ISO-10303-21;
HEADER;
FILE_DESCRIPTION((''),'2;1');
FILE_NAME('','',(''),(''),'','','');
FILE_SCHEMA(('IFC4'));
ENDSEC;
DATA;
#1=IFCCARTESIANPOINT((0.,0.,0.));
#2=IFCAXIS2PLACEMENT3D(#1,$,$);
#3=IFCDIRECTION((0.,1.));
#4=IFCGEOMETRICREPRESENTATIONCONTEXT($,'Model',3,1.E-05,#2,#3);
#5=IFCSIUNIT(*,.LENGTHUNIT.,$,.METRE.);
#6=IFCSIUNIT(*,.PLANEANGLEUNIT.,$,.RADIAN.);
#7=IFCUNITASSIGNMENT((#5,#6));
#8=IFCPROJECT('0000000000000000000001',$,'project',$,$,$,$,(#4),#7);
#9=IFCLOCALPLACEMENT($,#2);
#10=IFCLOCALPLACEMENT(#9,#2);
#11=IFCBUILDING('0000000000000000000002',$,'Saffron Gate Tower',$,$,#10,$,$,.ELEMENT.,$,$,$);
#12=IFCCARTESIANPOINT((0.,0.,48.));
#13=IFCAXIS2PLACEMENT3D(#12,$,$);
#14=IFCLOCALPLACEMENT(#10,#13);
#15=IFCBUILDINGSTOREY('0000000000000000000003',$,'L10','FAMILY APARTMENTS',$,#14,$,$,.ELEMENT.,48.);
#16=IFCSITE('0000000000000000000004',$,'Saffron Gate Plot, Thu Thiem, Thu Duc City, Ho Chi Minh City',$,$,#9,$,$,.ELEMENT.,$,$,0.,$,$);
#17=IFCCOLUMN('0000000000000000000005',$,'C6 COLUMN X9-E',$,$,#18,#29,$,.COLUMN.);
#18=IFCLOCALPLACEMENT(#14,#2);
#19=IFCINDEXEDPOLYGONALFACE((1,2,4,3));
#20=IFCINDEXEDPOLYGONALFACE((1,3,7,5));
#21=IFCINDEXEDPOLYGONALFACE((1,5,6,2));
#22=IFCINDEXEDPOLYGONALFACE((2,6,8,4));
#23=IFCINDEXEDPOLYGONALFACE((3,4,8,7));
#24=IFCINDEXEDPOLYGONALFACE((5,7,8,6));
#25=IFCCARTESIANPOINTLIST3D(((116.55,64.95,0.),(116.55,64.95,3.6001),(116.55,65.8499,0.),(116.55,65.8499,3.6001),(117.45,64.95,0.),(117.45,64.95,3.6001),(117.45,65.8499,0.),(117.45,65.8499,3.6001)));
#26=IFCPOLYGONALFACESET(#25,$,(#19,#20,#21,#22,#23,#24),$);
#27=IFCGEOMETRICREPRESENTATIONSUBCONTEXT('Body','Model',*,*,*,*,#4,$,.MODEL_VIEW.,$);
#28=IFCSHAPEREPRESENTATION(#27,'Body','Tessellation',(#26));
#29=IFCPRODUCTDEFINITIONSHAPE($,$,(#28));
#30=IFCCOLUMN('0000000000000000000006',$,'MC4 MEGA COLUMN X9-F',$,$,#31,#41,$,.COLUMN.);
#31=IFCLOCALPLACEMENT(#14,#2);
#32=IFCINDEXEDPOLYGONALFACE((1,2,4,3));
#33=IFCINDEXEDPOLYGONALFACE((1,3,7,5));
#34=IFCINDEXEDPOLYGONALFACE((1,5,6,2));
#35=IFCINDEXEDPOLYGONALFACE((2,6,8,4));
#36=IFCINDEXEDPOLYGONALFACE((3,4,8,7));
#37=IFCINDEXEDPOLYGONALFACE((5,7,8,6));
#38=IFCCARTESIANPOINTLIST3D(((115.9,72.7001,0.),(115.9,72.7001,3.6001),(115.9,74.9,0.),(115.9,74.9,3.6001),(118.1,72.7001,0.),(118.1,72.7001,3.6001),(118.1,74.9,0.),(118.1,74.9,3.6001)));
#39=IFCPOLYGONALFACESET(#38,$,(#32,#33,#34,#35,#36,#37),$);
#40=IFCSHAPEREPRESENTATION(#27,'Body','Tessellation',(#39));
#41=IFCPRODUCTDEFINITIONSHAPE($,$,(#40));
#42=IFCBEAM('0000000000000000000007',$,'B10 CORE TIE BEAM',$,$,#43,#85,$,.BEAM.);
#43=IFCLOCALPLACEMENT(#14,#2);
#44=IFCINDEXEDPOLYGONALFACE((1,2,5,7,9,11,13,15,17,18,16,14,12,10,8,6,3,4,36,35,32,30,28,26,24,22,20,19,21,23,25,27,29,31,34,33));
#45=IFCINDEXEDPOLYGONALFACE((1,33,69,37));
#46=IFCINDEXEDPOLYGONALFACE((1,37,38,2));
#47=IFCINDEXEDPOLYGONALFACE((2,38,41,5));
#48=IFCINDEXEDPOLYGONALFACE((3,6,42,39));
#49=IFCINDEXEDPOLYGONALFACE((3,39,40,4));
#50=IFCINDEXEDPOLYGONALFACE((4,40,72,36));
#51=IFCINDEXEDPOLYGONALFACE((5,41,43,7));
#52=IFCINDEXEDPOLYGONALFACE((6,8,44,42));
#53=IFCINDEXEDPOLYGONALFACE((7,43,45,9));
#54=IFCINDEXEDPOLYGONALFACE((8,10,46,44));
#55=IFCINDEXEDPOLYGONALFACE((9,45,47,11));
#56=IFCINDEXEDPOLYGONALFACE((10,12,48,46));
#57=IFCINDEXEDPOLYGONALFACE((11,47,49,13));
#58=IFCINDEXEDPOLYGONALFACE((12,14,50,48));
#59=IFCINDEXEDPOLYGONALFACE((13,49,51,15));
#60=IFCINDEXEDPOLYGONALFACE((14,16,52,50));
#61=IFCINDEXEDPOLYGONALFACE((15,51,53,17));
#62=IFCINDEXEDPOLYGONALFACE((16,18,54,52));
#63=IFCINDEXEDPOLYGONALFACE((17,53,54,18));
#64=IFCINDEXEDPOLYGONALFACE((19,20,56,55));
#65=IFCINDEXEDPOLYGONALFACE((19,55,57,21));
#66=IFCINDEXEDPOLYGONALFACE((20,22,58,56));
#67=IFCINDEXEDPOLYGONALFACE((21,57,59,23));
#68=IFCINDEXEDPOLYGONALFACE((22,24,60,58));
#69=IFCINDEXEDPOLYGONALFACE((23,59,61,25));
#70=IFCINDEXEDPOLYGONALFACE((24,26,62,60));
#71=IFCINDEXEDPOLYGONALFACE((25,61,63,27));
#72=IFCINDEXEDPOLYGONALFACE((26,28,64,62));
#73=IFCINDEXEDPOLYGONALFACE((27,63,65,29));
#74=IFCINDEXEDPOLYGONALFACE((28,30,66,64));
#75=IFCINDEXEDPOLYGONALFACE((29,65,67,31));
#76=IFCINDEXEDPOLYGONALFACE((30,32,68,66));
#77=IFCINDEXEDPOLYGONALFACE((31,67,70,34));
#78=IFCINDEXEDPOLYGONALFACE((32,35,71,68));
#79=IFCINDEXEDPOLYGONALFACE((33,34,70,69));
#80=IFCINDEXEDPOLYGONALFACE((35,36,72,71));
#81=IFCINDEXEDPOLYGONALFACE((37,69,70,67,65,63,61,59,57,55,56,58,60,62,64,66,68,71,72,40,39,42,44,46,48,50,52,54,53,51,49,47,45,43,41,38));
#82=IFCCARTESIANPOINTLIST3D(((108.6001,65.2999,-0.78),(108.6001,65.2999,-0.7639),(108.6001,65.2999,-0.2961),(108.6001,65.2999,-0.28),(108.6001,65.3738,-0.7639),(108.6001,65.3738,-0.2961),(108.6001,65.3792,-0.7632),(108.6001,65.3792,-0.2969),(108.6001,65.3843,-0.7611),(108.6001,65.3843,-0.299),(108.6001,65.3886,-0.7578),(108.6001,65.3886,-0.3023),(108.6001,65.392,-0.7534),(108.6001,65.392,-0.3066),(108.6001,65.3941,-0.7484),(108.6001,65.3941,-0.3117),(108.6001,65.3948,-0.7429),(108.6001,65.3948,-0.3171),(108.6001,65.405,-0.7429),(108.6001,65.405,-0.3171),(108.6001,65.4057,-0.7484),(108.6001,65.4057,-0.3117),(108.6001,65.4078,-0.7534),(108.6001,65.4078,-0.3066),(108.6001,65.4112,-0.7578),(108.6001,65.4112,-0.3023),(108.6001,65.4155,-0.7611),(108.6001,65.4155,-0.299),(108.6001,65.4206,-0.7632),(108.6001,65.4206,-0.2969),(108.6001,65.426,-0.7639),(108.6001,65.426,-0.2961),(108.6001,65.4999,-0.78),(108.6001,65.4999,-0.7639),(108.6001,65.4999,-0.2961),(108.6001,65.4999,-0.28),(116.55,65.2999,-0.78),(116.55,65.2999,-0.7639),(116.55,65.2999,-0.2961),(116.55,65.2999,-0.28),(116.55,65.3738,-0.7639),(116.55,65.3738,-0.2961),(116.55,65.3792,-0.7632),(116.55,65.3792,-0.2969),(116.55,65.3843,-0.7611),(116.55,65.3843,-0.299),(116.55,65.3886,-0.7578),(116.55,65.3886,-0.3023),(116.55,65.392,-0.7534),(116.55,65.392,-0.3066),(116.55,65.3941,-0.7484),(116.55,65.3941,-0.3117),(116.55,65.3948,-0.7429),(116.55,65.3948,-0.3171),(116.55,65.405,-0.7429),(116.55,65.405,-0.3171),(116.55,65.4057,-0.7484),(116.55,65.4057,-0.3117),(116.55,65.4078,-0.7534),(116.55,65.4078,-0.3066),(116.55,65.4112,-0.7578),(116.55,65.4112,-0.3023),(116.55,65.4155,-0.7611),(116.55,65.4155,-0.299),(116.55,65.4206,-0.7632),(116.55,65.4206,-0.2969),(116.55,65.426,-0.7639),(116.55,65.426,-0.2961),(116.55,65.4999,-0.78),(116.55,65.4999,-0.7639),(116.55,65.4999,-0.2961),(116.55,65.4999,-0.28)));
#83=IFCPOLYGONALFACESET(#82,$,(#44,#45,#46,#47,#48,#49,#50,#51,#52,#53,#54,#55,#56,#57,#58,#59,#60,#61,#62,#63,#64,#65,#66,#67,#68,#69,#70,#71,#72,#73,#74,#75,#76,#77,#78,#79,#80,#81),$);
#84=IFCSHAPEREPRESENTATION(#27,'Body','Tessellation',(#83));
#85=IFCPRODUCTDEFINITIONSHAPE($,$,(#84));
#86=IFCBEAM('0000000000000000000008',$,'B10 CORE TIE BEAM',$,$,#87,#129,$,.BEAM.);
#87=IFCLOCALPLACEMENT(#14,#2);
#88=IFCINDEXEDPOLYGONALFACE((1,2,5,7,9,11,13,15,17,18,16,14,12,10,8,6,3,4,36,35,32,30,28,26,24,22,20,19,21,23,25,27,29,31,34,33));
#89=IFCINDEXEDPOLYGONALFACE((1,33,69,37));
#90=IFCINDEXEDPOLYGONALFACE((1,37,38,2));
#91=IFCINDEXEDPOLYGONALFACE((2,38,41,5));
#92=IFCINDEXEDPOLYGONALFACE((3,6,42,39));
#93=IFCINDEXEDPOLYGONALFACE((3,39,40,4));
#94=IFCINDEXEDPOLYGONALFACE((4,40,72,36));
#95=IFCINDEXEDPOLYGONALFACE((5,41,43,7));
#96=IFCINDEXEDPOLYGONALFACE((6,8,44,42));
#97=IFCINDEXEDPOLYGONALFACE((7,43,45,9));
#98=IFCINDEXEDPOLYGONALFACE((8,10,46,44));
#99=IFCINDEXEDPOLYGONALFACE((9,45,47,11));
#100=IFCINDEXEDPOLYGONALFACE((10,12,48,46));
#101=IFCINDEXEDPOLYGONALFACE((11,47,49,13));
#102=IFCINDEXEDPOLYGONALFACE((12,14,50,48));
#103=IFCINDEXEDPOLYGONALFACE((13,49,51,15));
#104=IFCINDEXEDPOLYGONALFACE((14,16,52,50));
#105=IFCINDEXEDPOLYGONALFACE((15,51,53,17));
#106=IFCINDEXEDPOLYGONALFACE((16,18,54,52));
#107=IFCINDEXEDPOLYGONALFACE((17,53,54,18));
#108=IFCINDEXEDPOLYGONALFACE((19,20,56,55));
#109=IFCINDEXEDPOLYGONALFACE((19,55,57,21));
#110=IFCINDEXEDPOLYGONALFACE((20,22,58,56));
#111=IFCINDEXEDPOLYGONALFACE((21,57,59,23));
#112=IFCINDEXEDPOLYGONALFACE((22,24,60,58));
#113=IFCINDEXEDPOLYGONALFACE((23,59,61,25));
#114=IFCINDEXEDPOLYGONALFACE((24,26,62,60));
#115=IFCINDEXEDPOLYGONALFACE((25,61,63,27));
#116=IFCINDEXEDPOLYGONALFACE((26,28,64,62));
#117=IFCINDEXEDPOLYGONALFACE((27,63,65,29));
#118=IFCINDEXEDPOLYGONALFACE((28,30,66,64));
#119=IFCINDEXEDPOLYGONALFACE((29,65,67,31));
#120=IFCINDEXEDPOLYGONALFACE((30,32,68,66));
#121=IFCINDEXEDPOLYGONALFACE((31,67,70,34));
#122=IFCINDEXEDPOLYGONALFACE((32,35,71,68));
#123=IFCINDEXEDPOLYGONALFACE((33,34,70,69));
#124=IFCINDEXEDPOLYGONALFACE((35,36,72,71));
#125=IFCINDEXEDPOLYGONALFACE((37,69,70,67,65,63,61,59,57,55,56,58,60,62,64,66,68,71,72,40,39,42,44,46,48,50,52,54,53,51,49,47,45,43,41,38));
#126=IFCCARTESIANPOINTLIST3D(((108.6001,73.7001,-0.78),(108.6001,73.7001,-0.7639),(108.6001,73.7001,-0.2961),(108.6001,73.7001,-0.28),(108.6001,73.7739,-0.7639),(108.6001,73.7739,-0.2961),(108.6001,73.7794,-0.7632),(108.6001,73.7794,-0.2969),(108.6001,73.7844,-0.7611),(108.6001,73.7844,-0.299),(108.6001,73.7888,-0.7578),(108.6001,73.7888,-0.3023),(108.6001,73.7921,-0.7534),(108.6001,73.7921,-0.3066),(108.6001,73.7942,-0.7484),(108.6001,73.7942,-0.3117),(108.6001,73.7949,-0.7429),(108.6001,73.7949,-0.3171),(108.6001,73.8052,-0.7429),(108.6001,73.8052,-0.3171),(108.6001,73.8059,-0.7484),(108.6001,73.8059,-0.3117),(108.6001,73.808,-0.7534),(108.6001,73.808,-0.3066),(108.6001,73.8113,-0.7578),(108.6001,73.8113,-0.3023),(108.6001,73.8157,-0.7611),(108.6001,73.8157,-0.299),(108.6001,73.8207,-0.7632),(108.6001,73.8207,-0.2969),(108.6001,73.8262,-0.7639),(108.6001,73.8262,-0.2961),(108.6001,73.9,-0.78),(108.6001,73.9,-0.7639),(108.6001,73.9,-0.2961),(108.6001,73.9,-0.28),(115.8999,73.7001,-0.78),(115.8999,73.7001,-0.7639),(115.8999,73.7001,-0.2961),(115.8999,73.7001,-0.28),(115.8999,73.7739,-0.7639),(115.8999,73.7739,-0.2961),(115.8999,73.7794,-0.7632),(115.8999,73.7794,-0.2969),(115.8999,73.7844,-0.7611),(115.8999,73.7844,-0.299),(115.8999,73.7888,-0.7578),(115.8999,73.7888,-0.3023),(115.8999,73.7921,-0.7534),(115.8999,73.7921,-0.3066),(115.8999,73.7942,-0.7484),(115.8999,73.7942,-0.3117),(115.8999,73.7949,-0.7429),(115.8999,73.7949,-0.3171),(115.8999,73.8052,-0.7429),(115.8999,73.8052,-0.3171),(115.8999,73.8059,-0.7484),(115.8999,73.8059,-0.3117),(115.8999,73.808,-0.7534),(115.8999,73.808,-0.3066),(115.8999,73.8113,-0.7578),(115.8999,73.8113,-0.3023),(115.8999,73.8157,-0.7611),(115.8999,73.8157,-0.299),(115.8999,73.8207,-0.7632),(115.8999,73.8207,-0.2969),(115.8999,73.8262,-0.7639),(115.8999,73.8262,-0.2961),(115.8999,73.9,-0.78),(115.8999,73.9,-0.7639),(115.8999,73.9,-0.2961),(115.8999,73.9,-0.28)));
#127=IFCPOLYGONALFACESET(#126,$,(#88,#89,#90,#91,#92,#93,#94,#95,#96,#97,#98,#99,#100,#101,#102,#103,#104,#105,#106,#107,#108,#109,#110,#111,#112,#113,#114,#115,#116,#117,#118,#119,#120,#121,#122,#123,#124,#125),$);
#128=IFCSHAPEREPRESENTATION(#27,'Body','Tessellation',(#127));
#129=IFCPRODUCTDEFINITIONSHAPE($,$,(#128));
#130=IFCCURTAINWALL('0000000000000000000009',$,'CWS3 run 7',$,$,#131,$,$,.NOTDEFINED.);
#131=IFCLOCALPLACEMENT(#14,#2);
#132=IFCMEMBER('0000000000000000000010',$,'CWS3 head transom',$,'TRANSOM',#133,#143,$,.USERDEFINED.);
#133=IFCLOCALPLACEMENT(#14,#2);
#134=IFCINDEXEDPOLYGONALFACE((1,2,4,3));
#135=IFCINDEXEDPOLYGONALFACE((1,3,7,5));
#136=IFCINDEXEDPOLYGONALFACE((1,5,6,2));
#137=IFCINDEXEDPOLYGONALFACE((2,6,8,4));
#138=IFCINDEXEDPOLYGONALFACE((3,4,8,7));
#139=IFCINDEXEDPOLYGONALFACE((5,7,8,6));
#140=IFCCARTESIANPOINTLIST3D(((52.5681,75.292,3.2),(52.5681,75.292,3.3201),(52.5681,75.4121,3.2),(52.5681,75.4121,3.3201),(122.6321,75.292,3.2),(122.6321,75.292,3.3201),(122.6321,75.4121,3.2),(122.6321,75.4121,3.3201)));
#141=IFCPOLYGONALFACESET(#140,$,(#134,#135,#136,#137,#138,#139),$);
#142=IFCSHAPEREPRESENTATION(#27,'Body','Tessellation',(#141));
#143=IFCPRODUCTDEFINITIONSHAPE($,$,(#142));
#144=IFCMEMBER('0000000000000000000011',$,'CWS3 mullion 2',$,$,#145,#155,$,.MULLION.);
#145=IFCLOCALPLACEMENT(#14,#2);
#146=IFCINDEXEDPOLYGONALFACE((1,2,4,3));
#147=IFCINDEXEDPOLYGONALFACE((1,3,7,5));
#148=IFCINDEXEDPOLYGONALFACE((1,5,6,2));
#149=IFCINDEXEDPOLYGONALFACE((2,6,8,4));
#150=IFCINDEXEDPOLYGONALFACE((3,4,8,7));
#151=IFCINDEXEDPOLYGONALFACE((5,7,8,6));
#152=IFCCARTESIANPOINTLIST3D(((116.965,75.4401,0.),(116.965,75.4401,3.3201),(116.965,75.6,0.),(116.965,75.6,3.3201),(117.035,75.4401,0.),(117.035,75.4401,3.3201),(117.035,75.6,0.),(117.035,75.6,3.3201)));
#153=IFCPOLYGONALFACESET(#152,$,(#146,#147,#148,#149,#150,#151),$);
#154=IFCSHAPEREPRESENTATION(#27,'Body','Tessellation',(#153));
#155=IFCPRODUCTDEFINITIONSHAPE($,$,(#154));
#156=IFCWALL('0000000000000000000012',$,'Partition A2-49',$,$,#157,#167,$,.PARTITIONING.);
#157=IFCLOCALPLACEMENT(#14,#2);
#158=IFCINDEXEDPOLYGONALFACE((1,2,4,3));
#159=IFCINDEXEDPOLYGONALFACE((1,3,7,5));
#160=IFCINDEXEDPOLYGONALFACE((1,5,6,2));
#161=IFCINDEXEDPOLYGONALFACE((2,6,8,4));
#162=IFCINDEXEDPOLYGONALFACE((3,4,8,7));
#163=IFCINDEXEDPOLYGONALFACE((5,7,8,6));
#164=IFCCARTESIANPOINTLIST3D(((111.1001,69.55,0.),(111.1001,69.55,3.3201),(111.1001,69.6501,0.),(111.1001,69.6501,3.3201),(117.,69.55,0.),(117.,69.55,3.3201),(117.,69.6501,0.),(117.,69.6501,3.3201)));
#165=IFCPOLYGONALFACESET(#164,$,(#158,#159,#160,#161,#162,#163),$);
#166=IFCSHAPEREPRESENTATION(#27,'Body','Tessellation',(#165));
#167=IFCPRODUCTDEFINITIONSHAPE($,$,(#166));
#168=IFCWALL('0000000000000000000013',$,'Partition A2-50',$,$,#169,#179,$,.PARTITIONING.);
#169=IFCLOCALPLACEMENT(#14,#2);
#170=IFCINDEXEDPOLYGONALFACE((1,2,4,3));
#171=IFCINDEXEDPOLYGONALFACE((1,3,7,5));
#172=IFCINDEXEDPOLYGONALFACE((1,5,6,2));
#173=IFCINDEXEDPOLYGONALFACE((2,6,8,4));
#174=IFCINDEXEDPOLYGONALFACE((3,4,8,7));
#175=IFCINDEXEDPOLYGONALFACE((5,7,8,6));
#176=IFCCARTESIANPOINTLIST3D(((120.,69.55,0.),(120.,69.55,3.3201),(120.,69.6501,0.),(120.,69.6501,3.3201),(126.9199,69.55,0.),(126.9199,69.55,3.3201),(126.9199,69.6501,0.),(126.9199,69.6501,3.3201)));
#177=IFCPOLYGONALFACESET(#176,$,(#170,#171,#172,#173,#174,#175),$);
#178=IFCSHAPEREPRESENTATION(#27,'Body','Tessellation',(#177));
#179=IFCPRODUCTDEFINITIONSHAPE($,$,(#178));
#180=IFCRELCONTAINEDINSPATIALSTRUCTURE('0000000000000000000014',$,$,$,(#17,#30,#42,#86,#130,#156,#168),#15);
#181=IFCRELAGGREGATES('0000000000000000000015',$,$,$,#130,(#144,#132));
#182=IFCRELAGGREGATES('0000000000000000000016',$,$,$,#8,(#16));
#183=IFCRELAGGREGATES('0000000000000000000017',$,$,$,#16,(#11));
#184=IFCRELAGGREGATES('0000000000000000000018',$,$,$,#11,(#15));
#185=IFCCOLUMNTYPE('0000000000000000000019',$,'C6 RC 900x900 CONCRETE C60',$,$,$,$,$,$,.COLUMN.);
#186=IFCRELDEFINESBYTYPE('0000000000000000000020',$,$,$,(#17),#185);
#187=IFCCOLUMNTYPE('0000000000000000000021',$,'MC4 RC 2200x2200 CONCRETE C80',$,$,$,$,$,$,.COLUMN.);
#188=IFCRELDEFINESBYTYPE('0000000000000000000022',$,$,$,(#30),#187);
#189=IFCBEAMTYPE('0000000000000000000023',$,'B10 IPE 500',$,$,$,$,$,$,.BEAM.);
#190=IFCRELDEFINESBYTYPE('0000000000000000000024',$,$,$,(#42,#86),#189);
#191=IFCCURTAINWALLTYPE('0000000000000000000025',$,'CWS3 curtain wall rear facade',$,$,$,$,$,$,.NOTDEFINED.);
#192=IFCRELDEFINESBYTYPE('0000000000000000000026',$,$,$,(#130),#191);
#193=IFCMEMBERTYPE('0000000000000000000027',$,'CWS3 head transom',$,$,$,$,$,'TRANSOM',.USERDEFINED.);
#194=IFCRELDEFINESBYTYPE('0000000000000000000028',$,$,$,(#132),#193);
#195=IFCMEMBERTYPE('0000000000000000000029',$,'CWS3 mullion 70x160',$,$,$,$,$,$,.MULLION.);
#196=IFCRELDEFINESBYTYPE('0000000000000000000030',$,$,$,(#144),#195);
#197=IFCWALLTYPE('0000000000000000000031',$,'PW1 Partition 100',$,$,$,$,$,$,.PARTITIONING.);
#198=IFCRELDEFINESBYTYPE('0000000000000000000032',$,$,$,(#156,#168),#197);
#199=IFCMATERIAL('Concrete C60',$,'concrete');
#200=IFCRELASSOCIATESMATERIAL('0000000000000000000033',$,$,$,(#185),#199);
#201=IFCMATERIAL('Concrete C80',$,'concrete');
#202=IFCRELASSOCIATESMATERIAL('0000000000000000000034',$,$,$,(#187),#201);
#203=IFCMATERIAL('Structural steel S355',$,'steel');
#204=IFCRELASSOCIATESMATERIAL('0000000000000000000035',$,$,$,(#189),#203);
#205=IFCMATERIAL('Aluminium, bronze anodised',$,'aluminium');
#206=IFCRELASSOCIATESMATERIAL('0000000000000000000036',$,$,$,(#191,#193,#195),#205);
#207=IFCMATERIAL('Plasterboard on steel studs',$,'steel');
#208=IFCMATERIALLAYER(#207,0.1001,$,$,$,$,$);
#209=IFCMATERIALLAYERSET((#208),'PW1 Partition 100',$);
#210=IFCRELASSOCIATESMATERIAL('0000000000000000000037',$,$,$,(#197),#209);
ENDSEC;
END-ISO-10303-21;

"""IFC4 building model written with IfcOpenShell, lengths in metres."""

from ifc_helpers import new_model, si_unit, direction, frame, frame_2d, origin, origin_2d, place, context, subcontext, project, spatial, rectangle, i_section, extrude, material, layer, layer_set, material_profile, profile_set, type_object, element, aggregate, save


model = new_model("IFC4")

# Units and contexts
model_context = context("Model", 3, precision=1e-05, world=origin(), true_north=direction((0.0, 1.0)))
body_context = subcontext(model_context, "Body", "Model", "MODEL_VIEW")
ifc_project = project(units=[si_unit("LENGTHUNIT", "METRE"), si_unit("PLANEANGLEUNIT", "RADIAN")], contexts=[model_context])

# Site, building, storey
site_placement = place(None, origin())
site = spatial("IfcSite", under=ifc_project, at=site_placement, Name="Saffron Gate Plot, Thu Thiem, Thu Duc City, Ho Chi Minh City", CompositionType="ELEMENT", RefElevation=0.0)
building_placement = place(site_placement, origin())
building = spatial("IfcBuilding", under=site, at=building_placement, Name="Saffron Gate Tower", CompositionType="ELEMENT")
storey_placement = place(building_placement, frame((0.0, 0.0, 48.0)))
storey = spatial("IfcBuildingStorey", under=building, at=storey_placement, Name="L10", Description="FAMILY APARTMENTS", CompositionType="ELEMENT", Elevation=48.0)

# Columns
ifc_material_1 = material(Name="Concrete C60", Category="concrete")
ifc_material_profile_1 = material_profile(ifc_material_1, rectangle(XDim=0.8999, YDim=0.8999, at=origin_2d()))
ifc_profile_set_1 = profile_set([ifc_material_profile_1], Name="Concrete C60")
column_type_1 = type_object("IfcColumnType", Name="C6 RC 900x900 CONCRETE C60", PredefinedType="COLUMN", material=ifc_profile_set_1)
column_1_placement = place(storey_placement, frame((117.0, 65.3999, 0.0), z_axis=(0.0, 0.0, 1.0), x_axis=(1.0, 0.0, 0.0)))
element("IfcColumn", 1, at=column_1_placement, inside=storey, type_object=column_type_1, Name="C6 COLUMN X9-E", PredefinedType="COLUMN", context=body_context, shape_type="SweptSolid", body=[
    extrude(rectangle(XDim=0.8999, YDim=0.8999, at=origin_2d()), origin(), (0.0, 0.0, 1.0), 3.6001),
])
ifc_material_2 = material(Name="Concrete C80", Category="concrete")
ifc_material_profile_2 = material_profile(ifc_material_2, rectangle(XDim=2.2, YDim=2.2, at=origin_2d()))
ifc_profile_set_2 = profile_set([ifc_material_profile_2], Name="Concrete C80")
column_type_2 = type_object("IfcColumnType", Name="MC4 RC 2200x2200 CONCRETE C80", PredefinedType="COLUMN", material=ifc_profile_set_2)
column_2_placement = place(storey_placement, frame((117.0, 73.8, 0.0), z_axis=(0.0, 0.0, 1.0), x_axis=(1.0, 0.0, 0.0)))
element("IfcColumn", 2, at=column_2_placement, inside=storey, type_object=column_type_2, Name="MC4 MEGA COLUMN X9-F", PredefinedType="COLUMN", context=body_context, shape_type="SweptSolid", body=[
    extrude(rectangle(XDim=2.2, YDim=2.2, at=origin_2d()), origin(), (0.0, 0.0, 1.0), 3.6001),
])

# Beams
ifc_material_3 = material(Name="Structural steel S355", Category="steel")
ifc_material_profile_3 = material_profile(ifc_material_3, i_section(OverallWidth=0.2, OverallDepth=0.5, WebThickness=0.0103, FlangeThickness=0.0161, FilletRadius=0.021, at=origin_2d()))
ifc_profile_set_3 = profile_set([ifc_material_profile_3], Name="Structural steel S355")
beam_type = type_object("IfcBeamType", Name="B10 IPE 500", PredefinedType="BEAM", material=ifc_profile_set_3)
beam_1_placement = place(storey_placement, frame((116.55, 65.3999, -0.53), z_axis=(-1.0, 0.0, 0.0), x_axis=(0.0, -1.0, 0.0)))
element("IfcBeam", 3, at=beam_1_placement, inside=storey, type_object=beam_type, Name="B10 CORE TIE BEAM", PredefinedType="BEAM", context=body_context, shape_type="SweptSolid", body=[
    extrude(i_section(OverallWidth=0.2, OverallDepth=0.5, WebThickness=0.0103, FlangeThickness=0.0161, FilletRadius=0.021, at=origin_2d()), origin(), (0.0, 0.0, 1.0), 7.95),
])
beam_2_placement = place(storey_placement, frame((115.8999, 73.8, -0.53), z_axis=(-1.0, 0.0, 0.0), x_axis=(0.0, -1.0, 0.0)))
element("IfcBeam", 4, at=beam_2_placement, inside=storey, type_object=beam_type, Name="B10 CORE TIE BEAM", PredefinedType="BEAM", context=body_context, shape_type="SweptSolid", body=[
    extrude(i_section(OverallWidth=0.2, OverallDepth=0.5, WebThickness=0.0103, FlangeThickness=0.0161, FilletRadius=0.021, at=origin_2d()), origin(), (0.0, 0.0, 1.0), 7.2998),
])

# Curtain wall, members
ifc_material_4 = material(Name="Aluminium, bronze anodised", Category="aluminium")
curtain_wall_type = type_object("IfcCurtainWallType", Name="CWS3 curtain wall rear facade", PredefinedType="NOTDEFINED", material=ifc_material_4)
curtain_wall_placement = place(storey_placement, origin())
curtain_wall = element("IfcCurtainWall", 5, at=curtain_wall_placement, inside=storey, type_object=curtain_wall_type, Name="CWS3 run 7", PredefinedType="NOTDEFINED")
ifc_material_profile_4 = material_profile(ifc_material_4, rectangle(XDim=0.1201, YDim=0.1201, at=origin_2d()))
ifc_profile_set_4 = profile_set([ifc_material_profile_4], Name="Aluminium, bronze anodised")
member_type_1 = type_object("IfcMemberType", Name="CWS3 head transom", ElementType="TRANSOM", PredefinedType="USERDEFINED", material=ifc_profile_set_4)
member_1_placement = place(storey_placement, frame((122.6321, 75.3521, 3.26), z_axis=(-1.0, 0.0, 0.0), x_axis=(0.0, -1.0, 0.0)))
member_1 = element("IfcMember", 6, at=member_1_placement, type_object=member_type_1, Name="CWS3 head transom", ObjectType="TRANSOM", PredefinedType="USERDEFINED", context=body_context, shape_type="SweptSolid", body=[
    extrude(rectangle(XDim=0.1201, YDim=0.1201, at=origin_2d()), origin(), (0.0, 0.0, 1.0), 70.064),
])
ifc_material_profile_5 = material_profile(ifc_material_4, rectangle(XDim=0.1599, YDim=0.0701, at=origin_2d()))
ifc_profile_set_5 = profile_set([ifc_material_profile_5], Name="Aluminium, bronze anodised")
member_type_2 = type_object("IfcMemberType", Name="CWS3 mullion 70x160", PredefinedType="MULLION", material=ifc_profile_set_5)
member_2_placement = place(storey_placement, frame((117.0, 75.52, 0.0), z_axis=(0.0, 0.0, 1.0), x_axis=(0.0, -1.0, 0.0)))
member_2 = element("IfcMember", 7, at=member_2_placement, type_object=member_type_2, Name="CWS3 mullion 2", PredefinedType="MULLION", context=body_context, shape_type="SweptSolid", body=[
    extrude(rectangle(XDim=0.1599, YDim=0.0701, at=origin_2d()), origin(), (0.0, 0.0, 1.0), 3.3201),
])
aggregate(curtain_wall, [member_2, member_1])

# Walls
ifc_material_5 = material(Name="Plasterboard on steel studs", Category="steel")
ifc_layer_1 = layer(ifc_material_5, 0.1001)
ifc_layer_set_1 = layer_set([ifc_layer_1], Name="PW1 Partition 100")
wall_type_1 = type_object("IfcWallType", Name="PW1 Partition 100", PredefinedType="PARTITIONING", material=ifc_layer_set_1)
wall_1_placement = place(storey_placement, frame((111.1001, 69.6001, 0.0), z_axis=(0.0, 0.0, 1.0), x_axis=(1.0, 0.0, 0.0)))
element("IfcWall", 8, at=wall_1_placement, inside=storey, type_object=wall_type_1, Name="Partition A2-49", PredefinedType="PARTITIONING", context=body_context, shape_type="SweptSolid", body=[
    extrude(rectangle(XDim=5.8999, YDim=0.1001, at=frame_2d((2.95, 0.0))), origin(), (0.0, 0.0, 1.0), 3.3201),
])
wall_2_placement = place(storey_placement, frame((120.0, 69.6001, 0.0), z_axis=(0.0, 0.0, 1.0), x_axis=(1.0, 0.0, 0.0)))
element("IfcWall", 9, at=wall_2_placement, inside=storey, type_object=wall_type_1, Name="Partition A2-50", PredefinedType="PARTITIONING", context=body_context, shape_type="SweptSolid", body=[
    extrude(rectangle(XDim=6.9199, YDim=0.1001, at=frame_2d((3.46, 0.0))), origin(), (0.0, 0.0, 1.0), 3.3201),
])

save(model, "model.ifc")
